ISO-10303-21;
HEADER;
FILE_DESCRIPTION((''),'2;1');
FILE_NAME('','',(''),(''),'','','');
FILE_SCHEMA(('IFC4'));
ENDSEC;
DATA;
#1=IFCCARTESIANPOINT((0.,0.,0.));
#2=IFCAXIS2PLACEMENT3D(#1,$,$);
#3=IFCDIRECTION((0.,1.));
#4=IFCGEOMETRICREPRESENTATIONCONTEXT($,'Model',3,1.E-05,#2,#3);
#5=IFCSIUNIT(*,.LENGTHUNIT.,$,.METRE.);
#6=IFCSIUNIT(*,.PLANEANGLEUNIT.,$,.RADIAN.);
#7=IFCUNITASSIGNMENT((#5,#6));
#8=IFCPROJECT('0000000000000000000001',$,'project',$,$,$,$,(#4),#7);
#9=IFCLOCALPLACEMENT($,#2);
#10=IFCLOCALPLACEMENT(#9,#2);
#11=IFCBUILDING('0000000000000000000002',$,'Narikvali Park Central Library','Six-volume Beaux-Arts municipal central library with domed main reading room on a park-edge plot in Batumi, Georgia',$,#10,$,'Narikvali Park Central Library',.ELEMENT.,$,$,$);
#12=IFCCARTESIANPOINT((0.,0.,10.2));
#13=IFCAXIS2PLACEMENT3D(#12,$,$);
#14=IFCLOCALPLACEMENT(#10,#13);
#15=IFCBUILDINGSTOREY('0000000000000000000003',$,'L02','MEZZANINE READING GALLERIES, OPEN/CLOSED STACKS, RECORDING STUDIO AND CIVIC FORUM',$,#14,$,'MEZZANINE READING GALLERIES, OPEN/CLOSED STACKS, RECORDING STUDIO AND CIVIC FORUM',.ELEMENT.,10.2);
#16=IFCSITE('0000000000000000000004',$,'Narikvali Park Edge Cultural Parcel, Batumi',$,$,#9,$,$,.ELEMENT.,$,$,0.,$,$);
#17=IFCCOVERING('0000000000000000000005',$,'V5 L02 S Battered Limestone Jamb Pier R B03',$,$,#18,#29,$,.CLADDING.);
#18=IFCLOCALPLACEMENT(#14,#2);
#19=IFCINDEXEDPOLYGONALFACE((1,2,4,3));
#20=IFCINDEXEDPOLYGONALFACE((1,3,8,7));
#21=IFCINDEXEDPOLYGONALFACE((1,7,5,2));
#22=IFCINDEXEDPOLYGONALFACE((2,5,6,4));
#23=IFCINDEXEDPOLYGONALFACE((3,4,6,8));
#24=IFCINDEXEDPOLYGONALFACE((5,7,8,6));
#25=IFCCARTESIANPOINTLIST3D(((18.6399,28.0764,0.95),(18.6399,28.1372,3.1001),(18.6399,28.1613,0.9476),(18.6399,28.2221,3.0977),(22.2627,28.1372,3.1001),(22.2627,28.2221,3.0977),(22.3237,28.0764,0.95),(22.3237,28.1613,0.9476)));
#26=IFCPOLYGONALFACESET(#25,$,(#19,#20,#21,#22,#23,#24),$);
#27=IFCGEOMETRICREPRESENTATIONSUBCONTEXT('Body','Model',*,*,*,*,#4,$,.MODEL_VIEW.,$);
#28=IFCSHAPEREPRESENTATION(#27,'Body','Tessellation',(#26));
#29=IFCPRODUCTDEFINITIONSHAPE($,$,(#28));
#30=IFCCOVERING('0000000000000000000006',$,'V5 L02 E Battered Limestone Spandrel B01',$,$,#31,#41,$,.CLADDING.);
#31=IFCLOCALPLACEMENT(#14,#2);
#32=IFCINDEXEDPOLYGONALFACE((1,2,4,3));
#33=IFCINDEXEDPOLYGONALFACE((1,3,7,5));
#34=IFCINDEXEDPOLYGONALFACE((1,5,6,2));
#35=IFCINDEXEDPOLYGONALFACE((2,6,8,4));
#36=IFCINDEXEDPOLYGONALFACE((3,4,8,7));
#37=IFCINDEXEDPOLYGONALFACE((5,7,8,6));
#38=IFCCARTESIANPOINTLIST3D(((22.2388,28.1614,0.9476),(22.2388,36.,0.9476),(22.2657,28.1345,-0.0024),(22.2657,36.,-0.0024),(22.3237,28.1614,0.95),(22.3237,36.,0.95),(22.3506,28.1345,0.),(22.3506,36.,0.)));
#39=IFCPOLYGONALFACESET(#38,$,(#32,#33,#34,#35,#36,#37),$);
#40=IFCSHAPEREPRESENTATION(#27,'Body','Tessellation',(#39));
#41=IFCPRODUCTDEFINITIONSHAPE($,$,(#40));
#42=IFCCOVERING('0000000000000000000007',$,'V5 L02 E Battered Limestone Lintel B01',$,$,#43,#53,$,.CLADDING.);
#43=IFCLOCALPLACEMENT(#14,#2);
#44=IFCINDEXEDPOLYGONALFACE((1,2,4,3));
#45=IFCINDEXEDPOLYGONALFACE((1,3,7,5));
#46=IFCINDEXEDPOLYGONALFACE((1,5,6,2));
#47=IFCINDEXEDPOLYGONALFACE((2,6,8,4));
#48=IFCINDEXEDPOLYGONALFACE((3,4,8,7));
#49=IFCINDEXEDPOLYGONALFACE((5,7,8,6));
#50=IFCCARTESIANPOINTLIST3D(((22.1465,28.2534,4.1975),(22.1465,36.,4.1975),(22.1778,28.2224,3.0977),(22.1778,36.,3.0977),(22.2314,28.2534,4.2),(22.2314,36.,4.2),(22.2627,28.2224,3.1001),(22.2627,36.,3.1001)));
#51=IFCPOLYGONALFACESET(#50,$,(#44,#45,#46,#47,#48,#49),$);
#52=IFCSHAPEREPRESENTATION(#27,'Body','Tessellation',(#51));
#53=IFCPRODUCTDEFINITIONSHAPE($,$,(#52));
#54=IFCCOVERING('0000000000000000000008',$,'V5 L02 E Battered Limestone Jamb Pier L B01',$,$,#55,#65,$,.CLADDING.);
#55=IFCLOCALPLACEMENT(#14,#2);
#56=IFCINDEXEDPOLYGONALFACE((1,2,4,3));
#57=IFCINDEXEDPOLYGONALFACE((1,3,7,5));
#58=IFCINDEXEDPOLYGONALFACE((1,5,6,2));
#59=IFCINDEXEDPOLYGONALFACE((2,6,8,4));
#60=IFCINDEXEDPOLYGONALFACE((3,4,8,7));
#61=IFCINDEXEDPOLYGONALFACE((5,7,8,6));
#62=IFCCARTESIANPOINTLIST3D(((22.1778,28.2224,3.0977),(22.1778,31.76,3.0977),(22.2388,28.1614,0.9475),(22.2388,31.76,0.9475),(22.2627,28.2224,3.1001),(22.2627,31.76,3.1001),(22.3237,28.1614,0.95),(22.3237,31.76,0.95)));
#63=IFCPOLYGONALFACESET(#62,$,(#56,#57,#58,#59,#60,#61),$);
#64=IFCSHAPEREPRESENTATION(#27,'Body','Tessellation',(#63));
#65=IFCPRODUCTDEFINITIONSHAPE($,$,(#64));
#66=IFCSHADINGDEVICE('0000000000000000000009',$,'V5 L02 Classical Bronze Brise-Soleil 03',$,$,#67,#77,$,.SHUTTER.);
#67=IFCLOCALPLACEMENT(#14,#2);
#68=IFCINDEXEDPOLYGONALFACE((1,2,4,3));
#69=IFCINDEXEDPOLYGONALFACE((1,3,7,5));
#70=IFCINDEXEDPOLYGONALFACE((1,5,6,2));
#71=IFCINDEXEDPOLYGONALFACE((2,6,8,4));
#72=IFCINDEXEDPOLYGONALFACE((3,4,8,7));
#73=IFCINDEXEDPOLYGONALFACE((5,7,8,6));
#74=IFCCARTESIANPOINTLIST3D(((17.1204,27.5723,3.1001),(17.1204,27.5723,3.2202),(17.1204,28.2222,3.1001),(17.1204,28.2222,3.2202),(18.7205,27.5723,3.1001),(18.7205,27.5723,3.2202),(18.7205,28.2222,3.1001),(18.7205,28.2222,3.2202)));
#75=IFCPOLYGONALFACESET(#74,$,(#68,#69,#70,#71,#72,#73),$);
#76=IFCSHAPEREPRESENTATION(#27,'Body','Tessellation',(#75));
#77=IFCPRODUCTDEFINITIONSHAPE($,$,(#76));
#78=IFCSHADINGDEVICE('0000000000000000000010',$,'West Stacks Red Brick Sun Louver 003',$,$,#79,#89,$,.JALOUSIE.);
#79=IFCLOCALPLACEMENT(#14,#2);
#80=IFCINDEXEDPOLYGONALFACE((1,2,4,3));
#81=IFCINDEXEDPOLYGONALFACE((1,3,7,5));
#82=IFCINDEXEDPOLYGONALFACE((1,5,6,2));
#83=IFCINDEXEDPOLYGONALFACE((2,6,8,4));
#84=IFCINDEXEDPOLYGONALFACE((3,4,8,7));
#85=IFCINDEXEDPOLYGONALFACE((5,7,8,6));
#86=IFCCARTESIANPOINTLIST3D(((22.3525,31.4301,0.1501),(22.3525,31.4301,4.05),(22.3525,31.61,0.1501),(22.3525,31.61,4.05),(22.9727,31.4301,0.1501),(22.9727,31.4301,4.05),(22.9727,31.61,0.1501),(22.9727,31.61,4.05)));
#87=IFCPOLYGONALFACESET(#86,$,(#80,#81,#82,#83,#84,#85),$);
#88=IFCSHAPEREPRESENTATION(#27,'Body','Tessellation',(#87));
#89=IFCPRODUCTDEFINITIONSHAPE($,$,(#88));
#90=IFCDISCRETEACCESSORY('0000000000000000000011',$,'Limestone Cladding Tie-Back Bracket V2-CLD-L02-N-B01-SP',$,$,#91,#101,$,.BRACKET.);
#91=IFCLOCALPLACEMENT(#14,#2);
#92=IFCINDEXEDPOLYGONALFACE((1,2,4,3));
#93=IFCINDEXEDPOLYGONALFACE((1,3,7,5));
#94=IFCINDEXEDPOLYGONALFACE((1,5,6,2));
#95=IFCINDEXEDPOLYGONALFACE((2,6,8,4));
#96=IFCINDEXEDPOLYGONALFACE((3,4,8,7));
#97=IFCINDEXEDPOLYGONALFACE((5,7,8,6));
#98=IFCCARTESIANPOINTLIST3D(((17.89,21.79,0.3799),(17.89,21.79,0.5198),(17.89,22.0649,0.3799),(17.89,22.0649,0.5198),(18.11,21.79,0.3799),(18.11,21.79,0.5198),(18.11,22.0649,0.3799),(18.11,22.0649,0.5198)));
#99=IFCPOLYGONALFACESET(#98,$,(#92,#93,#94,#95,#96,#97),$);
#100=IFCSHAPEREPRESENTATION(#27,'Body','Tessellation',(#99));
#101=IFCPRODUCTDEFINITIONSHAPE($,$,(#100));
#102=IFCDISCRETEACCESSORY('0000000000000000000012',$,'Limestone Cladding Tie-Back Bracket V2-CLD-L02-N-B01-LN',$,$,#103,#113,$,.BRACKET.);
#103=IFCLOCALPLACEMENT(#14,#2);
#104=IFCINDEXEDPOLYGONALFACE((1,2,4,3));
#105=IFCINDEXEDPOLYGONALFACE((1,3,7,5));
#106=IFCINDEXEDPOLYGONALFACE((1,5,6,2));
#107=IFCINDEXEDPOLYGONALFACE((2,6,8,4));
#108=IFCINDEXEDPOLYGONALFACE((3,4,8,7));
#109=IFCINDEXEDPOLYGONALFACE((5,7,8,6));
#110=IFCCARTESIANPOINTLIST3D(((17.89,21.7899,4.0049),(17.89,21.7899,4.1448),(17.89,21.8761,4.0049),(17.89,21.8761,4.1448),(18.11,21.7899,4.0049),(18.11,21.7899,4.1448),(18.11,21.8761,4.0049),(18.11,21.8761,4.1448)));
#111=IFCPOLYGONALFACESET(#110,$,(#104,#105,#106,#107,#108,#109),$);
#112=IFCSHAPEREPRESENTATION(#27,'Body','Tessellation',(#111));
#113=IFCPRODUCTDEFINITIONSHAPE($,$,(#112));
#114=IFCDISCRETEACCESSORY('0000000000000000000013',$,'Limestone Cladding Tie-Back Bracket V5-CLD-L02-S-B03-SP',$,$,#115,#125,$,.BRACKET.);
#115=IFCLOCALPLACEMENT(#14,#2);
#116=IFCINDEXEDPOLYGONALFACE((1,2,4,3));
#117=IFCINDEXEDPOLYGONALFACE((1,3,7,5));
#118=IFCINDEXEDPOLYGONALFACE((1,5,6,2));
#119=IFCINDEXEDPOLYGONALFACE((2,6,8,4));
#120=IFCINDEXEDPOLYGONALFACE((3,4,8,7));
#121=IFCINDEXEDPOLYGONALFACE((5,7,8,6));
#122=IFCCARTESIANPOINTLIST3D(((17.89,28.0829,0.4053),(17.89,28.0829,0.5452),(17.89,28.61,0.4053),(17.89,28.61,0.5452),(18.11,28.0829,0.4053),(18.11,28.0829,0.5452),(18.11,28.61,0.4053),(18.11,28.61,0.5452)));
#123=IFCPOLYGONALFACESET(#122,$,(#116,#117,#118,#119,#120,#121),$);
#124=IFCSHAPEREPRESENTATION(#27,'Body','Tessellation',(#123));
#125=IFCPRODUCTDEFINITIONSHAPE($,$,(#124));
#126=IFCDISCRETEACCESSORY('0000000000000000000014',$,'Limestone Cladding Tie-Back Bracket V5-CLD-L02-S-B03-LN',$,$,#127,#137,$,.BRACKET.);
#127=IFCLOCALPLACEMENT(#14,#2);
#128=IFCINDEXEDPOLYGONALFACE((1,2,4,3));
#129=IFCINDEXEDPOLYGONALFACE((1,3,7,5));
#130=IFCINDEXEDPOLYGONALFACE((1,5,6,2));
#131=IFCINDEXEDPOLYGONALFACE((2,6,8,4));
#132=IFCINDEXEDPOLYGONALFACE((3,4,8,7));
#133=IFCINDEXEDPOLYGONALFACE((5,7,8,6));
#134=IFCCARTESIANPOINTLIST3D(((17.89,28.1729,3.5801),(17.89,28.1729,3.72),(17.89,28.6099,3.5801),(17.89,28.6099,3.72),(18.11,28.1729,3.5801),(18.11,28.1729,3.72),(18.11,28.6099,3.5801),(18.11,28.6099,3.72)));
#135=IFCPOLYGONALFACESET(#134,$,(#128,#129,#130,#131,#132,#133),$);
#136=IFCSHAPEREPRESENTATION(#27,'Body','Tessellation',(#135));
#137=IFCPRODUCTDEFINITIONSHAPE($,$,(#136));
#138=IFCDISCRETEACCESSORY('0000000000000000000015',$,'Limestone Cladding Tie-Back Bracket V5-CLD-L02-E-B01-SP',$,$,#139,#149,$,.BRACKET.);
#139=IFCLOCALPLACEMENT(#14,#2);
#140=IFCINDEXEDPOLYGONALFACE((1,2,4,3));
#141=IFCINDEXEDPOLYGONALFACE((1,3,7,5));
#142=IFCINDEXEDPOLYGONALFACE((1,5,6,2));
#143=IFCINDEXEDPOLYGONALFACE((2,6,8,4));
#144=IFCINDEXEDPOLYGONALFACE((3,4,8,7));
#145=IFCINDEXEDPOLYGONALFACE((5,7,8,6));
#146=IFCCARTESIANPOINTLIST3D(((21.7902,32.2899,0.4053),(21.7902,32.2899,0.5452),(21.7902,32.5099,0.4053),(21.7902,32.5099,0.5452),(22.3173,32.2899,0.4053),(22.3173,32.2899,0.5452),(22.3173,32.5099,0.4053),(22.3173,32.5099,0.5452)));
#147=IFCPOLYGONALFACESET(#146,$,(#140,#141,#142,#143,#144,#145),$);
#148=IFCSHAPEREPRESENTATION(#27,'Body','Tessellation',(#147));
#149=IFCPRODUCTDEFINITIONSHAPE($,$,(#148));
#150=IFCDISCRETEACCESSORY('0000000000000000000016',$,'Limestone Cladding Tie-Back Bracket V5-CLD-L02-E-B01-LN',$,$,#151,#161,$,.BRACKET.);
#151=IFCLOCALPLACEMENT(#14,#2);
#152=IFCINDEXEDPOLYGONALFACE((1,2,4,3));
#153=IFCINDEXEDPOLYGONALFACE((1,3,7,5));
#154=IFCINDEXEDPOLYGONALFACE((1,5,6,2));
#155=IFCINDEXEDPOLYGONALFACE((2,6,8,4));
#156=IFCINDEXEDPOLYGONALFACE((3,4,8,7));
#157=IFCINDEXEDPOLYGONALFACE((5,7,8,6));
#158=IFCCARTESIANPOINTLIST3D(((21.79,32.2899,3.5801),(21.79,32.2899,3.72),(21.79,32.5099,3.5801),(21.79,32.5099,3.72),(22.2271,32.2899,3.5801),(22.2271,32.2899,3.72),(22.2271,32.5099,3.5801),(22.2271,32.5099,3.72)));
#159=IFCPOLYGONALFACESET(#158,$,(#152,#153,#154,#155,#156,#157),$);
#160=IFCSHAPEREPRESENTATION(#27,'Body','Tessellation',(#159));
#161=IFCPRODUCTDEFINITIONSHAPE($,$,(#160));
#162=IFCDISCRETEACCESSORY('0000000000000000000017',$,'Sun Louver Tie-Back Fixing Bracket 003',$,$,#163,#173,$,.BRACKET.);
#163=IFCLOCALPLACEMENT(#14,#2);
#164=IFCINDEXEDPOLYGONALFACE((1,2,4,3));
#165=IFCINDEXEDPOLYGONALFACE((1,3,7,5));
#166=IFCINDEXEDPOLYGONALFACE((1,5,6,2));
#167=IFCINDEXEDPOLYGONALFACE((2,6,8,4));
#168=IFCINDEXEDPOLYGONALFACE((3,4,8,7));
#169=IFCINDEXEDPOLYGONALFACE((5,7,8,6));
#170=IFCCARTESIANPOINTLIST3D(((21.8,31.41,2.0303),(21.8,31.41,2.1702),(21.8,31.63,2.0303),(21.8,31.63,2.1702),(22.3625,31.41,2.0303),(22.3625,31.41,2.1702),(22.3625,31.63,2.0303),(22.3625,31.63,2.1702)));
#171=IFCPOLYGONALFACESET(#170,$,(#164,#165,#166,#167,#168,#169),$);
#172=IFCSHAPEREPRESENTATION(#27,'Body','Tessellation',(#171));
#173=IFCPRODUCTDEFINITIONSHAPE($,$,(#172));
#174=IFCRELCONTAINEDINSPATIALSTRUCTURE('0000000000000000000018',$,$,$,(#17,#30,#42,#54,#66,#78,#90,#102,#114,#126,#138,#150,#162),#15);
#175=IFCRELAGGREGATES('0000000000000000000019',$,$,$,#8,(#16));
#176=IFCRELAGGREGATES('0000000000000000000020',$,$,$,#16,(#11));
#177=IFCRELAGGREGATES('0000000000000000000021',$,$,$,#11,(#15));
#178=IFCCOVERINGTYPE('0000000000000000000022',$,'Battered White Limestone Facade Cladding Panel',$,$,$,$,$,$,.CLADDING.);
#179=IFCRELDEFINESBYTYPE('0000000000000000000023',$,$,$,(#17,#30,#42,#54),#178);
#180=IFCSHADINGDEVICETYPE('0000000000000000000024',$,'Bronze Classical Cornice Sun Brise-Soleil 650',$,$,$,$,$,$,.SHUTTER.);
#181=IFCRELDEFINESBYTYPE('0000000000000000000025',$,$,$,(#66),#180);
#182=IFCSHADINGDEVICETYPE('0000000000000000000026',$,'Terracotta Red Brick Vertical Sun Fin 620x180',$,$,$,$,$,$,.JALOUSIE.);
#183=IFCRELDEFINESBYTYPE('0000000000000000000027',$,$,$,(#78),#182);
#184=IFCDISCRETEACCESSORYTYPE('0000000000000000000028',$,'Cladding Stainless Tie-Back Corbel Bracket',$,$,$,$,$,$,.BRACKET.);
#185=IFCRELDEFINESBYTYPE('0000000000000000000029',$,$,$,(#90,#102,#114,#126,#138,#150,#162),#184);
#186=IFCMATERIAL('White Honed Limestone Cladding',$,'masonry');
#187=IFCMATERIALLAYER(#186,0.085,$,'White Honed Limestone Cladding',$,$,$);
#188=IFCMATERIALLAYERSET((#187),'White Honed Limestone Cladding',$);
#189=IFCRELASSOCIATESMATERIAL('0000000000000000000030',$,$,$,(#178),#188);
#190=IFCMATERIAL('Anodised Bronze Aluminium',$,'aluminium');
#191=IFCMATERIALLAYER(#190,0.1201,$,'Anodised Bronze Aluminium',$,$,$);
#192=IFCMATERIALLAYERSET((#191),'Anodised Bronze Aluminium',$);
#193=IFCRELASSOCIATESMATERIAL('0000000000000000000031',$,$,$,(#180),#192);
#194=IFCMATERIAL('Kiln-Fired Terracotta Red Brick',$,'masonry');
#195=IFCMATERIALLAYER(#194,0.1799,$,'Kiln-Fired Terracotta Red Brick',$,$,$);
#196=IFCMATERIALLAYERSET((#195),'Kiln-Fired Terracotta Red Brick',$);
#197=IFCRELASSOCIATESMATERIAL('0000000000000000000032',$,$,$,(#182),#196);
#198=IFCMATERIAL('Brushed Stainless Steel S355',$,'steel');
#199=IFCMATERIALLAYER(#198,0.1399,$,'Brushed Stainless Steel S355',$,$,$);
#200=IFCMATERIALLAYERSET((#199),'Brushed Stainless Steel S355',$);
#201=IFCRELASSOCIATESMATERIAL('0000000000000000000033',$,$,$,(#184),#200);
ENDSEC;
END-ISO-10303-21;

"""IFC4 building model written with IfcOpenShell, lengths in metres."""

from ifc_helpers import new_model, si_unit, direction, frame, origin, origin_2d, place, context, subcontext, project, spatial, polyline, rectangle, outline, extrude, material, layer, layer_set, type_object, element, save


model = new_model("IFC4")

# Units and contexts
model_context = context("Model", 3, precision=1e-05, world=origin(), true_north=direction((0.0, 1.0)))
body_context = subcontext(model_context, "Body", "Model", "MODEL_VIEW")
ifc_project = project(units=[si_unit("LENGTHUNIT", "METRE"), si_unit("PLANEANGLEUNIT", "RADIAN")], contexts=[model_context])

# Site, building, storey
site_placement = place(None, origin())
site = spatial("IfcSite", under=ifc_project, at=site_placement, Name="Narikvali Park Edge Cultural Parcel, Batumi", CompositionType="ELEMENT", RefElevation=0.0)
building_placement = place(site_placement, origin())
building = spatial("IfcBuilding", under=site, at=building_placement, Name="Narikvali Park Central Library", Description="Six-volume Beaux-Arts municipal central library with domed main reading room on a park-edge plot in Batumi, Georgia", LongName="Narikvali Park Central Library", CompositionType="ELEMENT")
storey_placement = place(building_placement, frame((0.0, 0.0, 10.2)))
storey = spatial("IfcBuildingStorey", under=building, at=storey_placement, Name="L02", Description="MEZZANINE READING GALLERIES, OPEN/CLOSED STACKS, RECORDING STUDIO AND CIVIC FORUM", LongName="MEZZANINE READING GALLERIES, OPEN/CLOSED STACKS, RECORDING STUDIO AND CIVIC FORUM", CompositionType="ELEMENT", Elevation=10.2)

# Coverings
ifc_material_1 = material(Name="White Honed Limestone Cladding", Category="masonry")
ifc_layer_1 = layer(ifc_material_1, 0.085, Name="White Honed Limestone Cladding")
ifc_layer_set_1 = layer_set([ifc_layer_1], Name="White Honed Limestone Cladding")
covering_type = type_object("IfcCoveringType", Name="Battered White Limestone Facade Cladding Panel", PredefinedType="CLADDING", material=ifc_layer_set_1)
covering_1_placement = place(storey_placement, frame((18.6399, 28.0764, 0.95), z_axis=(0.0, -0.999601, 0.028262), x_axis=(1.0, 0.0, 0.0)))
element("IfcCovering", 1, at=covering_1_placement, inside=storey, type_object=covering_type, Name="V5 L02 S Battered Limestone Jamb Pier R B03", PredefinedType="CLADDING", context=body_context, shape_type="SweptSolid", body=[
    extrude(outline(polyline([(0.0, 0.0), (3.6838, 0.0), (3.6228, 2.151), (0.0, 2.151), (0.0, 0.0)])), origin(), (0.0, 0.0, -1.0), 0.085),
])
covering_2_placement = place(storey_placement, frame((22.3506, 28.1345, 0.0), z_axis=(0.999601, 0.0, 0.028259), x_axis=(0.0, 1.0, 0.0)))
element("IfcCovering", 2, at=covering_2_placement, inside=storey, type_object=covering_type, Name="V5 L02 E Battered Limestone Spandrel B01", PredefinedType="CLADDING", context=body_context, shape_type="SweptSolid", body=[
    extrude(outline(polyline([(0.0, 0.0), (7.8655, 0.0), (7.8655, 0.9503), (0.0269, 0.9503), (0.0, 0.0)])), origin(), (0.0, 0.0, -1.0), 0.085),
])
covering_3_placement = place(storey_placement, frame((22.2627, 28.2224, 3.1001), z_axis=(0.999597, 0.0, 0.028401), x_axis=(0.0, 1.0, 0.0)))
element("IfcCovering", 3, at=covering_3_placement, inside=storey, type_object=covering_type, Name="V5 L02 E Battered Limestone Lintel B01", PredefinedType="CLADDING", context=body_context, shape_type="SweptSolid", body=[
    extrude(outline(polyline([(0.0, 0.0), (7.7776, 0.0), (7.7776, 1.1003), (0.031, 1.1003), (0.0, 0.0)])), origin(), (0.0, 0.0, -1.0), 0.085),
])
covering_4_placement = place(storey_placement, frame((22.3237, 28.1614, 0.95), z_axis=(0.999597, 0.0, 0.028375), x_axis=(0.0, 1.0, 0.0)))
element("IfcCovering", 4, at=covering_4_placement, inside=storey, type_object=covering_type, Name="V5 L02 E Battered Limestone Jamb Pier L B01", PredefinedType="CLADDING", context=body_context, shape_type="SweptSolid", body=[
    extrude(outline(polyline([(0.0, 0.0), (3.5986, 0.0), (3.5986, 2.151), (0.061, 2.151), (0.0, 0.0)])), origin(), (0.0, 0.0, -1.0), 0.085),
])

# Shading devices
ifc_material_2 = material(Name="Anodised Bronze Aluminium", Category="aluminium")
ifc_layer_2 = layer(ifc_material_2, 0.1201, Name="Anodised Bronze Aluminium")
ifc_layer_set_2 = layer_set([ifc_layer_2], Name="Anodised Bronze Aluminium")
shading_device_type_1 = type_object("IfcShadingDeviceType", Name="Bronze Classical Cornice Sun Brise-Soleil 650", PredefinedType="SHUTTER", material=ifc_layer_set_2)
shading_device_1_placement = place(storey_placement, frame((17.9204, 27.8972, 3.1001), z_axis=(0.0, 0.0, 1.0), x_axis=(1.0, 0.0, 0.0)))
element("IfcShadingDevice", 5, at=shading_device_1_placement, inside=storey, type_object=shading_device_type_1, Name="V5 L02 Classical Bronze Brise-Soleil 03", PredefinedType="SHUTTER", context=body_context, shape_type="SweptSolid", body=[
    extrude(rectangle(XDim=1.6001, YDim=0.6499, at=origin_2d()), origin(), (0.0, 0.0, 1.0), 0.1201),
])
ifc_material_3 = material(Name="Kiln-Fired Terracotta Red Brick", Category="masonry")
ifc_layer_3 = layer(ifc_material_3, 0.1799, Name="Kiln-Fired Terracotta Red Brick")
ifc_layer_set_3 = layer_set([ifc_layer_3], Name="Kiln-Fired Terracotta Red Brick")
shading_device_type_2 = type_object("IfcShadingDeviceType", Name="Terracotta Red Brick Vertical Sun Fin 620x180", PredefinedType="JALOUSIE", material=ifc_layer_set_3)
shading_device_2_placement = place(storey_placement, frame((22.6626, 31.52, 0.1501), z_axis=(0.0, 0.0, 1.0), x_axis=(1.0, 0.0, 0.0)))
element("IfcShadingDevice", 6, at=shading_device_2_placement, inside=storey, type_object=shading_device_type_2, Name="West Stacks Red Brick Sun Louver 003", PredefinedType="JALOUSIE", context=body_context, shape_type="SweptSolid", body=[
    extrude(rectangle(XDim=0.6201, YDim=0.1799, at=origin_2d()), origin(), (0.0, 0.0, 1.0), 3.8999),
])

# Discrete accessories
ifc_material_4 = material(Name="Brushed Stainless Steel S355", Category="steel")
ifc_layer_4 = layer(ifc_material_4, 0.1399, Name="Brushed Stainless Steel S355")
ifc_layer_set_4 = layer_set([ifc_layer_4], Name="Brushed Stainless Steel S355")
discrete_accessory_type = type_object("IfcDiscreteAccessoryType", Name="Cladding Stainless Tie-Back Corbel Bracket", PredefinedType="BRACKET", material=ifc_layer_set_4)
discrete_accessory_1_placement = place(storey_placement, frame((18.0, 21.9275, 0.3799), z_axis=(0.0, 0.0, 1.0), x_axis=(1.0, 0.0, 0.0)))
element("IfcDiscreteAccessory", 7, at=discrete_accessory_1_placement, inside=storey, type_object=discrete_accessory_type, Name="Limestone Cladding Tie-Back Bracket V2-CLD-L02-N-B01-SP", PredefinedType="BRACKET", context=body_context, shape_type="SweptSolid", body=[
    extrude(rectangle(XDim=0.22, YDim=0.2749, at=origin_2d()), origin(), (0.0, 0.0, 1.0), 0.1399),
])
discrete_accessory_2_placement = place(storey_placement, frame((18.0, 21.833, 4.0049), z_axis=(0.0, 0.0, 1.0), x_axis=(1.0, 0.0, 0.0)))
element("IfcDiscreteAccessory", 8, at=discrete_accessory_2_placement, inside=storey, type_object=discrete_accessory_type, Name="Limestone Cladding Tie-Back Bracket V2-CLD-L02-N-B01-LN", PredefinedType="BRACKET", context=body_context, shape_type="SweptSolid", body=[
    extrude(rectangle(XDim=0.22, YDim=0.0862, at=origin_2d()), origin(), (0.0, 0.0, 1.0), 0.1399),
])
discrete_accessory_3_placement = place(storey_placement, frame((18.0, 28.3464, 0.4053), z_axis=(0.0, 0.0, 1.0), x_axis=(1.0, 0.0, 0.0)))
element("IfcDiscreteAccessory", 9, at=discrete_accessory_3_placement, inside=storey, type_object=discrete_accessory_type, Name="Limestone Cladding Tie-Back Bracket V5-CLD-L02-S-B03-SP", PredefinedType="BRACKET", context=body_context, shape_type="SweptSolid", body=[
    extrude(rectangle(XDim=0.22, YDim=0.5271, at=origin_2d()), origin(), (0.0, 0.0, 1.0), 0.1399),
])
discrete_accessory_4_placement = place(storey_placement, frame((18.0, 28.3914, 3.5801), z_axis=(0.0, 0.0, 1.0), x_axis=(1.0, 0.0, 0.0)))
element("IfcDiscreteAccessory", 10, at=discrete_accessory_4_placement, inside=storey, type_object=discrete_accessory_type, Name="Limestone Cladding Tie-Back Bracket V5-CLD-L02-S-B03-LN", PredefinedType="BRACKET", context=body_context, shape_type="SweptSolid", body=[
    extrude(rectangle(XDim=0.22, YDim=0.437, at=origin_2d()), origin(), (0.0, 0.0, 1.0), 0.1399),
])
discrete_accessory_5_placement = place(storey_placement, frame((22.0537, 32.3999, 0.4053), z_axis=(0.0, 0.0, 1.0), x_axis=(1.0, 0.0, 0.0)))
element("IfcDiscreteAccessory", 11, at=discrete_accessory_5_placement, inside=storey, type_object=discrete_accessory_type, Name="Limestone Cladding Tie-Back Bracket V5-CLD-L02-E-B01-SP", PredefinedType="BRACKET", context=body_context, shape_type="SweptSolid", body=[
    extrude(rectangle(XDim=0.5271, YDim=0.22, at=origin_2d()), origin(), (0.0, 0.0, 1.0), 0.1399),
])
discrete_accessory_6_placement = place(storey_placement, frame((22.0085, 32.3999, 3.5801), z_axis=(0.0, 0.0, 1.0), x_axis=(1.0, 0.0, 0.0)))
element("IfcDiscreteAccessory", 12, at=discrete_accessory_6_placement, inside=storey, type_object=discrete_accessory_type, Name="Limestone Cladding Tie-Back Bracket V5-CLD-L02-E-B01-LN", PredefinedType="BRACKET", context=body_context, shape_type="SweptSolid", body=[
    extrude(rectangle(XDim=0.437, YDim=0.22, at=origin_2d()), origin(), (0.0, 0.0, 1.0), 0.1399),
])
discrete_accessory_7_placement = place(storey_placement, frame((22.0813, 31.52, 2.0303), z_axis=(0.0, 0.0, 1.0), x_axis=(1.0, 0.0, 0.0)))
element("IfcDiscreteAccessory", 13, at=discrete_accessory_7_placement, inside=storey, type_object=discrete_accessory_type, Name="Sun Louver Tie-Back Fixing Bracket 003", PredefinedType="BRACKET", context=body_context, shape_type="SweptSolid", body=[
    extrude(rectangle(XDim=0.5625, YDim=0.22, at=origin_2d()), origin(), (0.0, 0.0, 1.0), 0.1399),
])

save(model, "model.ifc")
